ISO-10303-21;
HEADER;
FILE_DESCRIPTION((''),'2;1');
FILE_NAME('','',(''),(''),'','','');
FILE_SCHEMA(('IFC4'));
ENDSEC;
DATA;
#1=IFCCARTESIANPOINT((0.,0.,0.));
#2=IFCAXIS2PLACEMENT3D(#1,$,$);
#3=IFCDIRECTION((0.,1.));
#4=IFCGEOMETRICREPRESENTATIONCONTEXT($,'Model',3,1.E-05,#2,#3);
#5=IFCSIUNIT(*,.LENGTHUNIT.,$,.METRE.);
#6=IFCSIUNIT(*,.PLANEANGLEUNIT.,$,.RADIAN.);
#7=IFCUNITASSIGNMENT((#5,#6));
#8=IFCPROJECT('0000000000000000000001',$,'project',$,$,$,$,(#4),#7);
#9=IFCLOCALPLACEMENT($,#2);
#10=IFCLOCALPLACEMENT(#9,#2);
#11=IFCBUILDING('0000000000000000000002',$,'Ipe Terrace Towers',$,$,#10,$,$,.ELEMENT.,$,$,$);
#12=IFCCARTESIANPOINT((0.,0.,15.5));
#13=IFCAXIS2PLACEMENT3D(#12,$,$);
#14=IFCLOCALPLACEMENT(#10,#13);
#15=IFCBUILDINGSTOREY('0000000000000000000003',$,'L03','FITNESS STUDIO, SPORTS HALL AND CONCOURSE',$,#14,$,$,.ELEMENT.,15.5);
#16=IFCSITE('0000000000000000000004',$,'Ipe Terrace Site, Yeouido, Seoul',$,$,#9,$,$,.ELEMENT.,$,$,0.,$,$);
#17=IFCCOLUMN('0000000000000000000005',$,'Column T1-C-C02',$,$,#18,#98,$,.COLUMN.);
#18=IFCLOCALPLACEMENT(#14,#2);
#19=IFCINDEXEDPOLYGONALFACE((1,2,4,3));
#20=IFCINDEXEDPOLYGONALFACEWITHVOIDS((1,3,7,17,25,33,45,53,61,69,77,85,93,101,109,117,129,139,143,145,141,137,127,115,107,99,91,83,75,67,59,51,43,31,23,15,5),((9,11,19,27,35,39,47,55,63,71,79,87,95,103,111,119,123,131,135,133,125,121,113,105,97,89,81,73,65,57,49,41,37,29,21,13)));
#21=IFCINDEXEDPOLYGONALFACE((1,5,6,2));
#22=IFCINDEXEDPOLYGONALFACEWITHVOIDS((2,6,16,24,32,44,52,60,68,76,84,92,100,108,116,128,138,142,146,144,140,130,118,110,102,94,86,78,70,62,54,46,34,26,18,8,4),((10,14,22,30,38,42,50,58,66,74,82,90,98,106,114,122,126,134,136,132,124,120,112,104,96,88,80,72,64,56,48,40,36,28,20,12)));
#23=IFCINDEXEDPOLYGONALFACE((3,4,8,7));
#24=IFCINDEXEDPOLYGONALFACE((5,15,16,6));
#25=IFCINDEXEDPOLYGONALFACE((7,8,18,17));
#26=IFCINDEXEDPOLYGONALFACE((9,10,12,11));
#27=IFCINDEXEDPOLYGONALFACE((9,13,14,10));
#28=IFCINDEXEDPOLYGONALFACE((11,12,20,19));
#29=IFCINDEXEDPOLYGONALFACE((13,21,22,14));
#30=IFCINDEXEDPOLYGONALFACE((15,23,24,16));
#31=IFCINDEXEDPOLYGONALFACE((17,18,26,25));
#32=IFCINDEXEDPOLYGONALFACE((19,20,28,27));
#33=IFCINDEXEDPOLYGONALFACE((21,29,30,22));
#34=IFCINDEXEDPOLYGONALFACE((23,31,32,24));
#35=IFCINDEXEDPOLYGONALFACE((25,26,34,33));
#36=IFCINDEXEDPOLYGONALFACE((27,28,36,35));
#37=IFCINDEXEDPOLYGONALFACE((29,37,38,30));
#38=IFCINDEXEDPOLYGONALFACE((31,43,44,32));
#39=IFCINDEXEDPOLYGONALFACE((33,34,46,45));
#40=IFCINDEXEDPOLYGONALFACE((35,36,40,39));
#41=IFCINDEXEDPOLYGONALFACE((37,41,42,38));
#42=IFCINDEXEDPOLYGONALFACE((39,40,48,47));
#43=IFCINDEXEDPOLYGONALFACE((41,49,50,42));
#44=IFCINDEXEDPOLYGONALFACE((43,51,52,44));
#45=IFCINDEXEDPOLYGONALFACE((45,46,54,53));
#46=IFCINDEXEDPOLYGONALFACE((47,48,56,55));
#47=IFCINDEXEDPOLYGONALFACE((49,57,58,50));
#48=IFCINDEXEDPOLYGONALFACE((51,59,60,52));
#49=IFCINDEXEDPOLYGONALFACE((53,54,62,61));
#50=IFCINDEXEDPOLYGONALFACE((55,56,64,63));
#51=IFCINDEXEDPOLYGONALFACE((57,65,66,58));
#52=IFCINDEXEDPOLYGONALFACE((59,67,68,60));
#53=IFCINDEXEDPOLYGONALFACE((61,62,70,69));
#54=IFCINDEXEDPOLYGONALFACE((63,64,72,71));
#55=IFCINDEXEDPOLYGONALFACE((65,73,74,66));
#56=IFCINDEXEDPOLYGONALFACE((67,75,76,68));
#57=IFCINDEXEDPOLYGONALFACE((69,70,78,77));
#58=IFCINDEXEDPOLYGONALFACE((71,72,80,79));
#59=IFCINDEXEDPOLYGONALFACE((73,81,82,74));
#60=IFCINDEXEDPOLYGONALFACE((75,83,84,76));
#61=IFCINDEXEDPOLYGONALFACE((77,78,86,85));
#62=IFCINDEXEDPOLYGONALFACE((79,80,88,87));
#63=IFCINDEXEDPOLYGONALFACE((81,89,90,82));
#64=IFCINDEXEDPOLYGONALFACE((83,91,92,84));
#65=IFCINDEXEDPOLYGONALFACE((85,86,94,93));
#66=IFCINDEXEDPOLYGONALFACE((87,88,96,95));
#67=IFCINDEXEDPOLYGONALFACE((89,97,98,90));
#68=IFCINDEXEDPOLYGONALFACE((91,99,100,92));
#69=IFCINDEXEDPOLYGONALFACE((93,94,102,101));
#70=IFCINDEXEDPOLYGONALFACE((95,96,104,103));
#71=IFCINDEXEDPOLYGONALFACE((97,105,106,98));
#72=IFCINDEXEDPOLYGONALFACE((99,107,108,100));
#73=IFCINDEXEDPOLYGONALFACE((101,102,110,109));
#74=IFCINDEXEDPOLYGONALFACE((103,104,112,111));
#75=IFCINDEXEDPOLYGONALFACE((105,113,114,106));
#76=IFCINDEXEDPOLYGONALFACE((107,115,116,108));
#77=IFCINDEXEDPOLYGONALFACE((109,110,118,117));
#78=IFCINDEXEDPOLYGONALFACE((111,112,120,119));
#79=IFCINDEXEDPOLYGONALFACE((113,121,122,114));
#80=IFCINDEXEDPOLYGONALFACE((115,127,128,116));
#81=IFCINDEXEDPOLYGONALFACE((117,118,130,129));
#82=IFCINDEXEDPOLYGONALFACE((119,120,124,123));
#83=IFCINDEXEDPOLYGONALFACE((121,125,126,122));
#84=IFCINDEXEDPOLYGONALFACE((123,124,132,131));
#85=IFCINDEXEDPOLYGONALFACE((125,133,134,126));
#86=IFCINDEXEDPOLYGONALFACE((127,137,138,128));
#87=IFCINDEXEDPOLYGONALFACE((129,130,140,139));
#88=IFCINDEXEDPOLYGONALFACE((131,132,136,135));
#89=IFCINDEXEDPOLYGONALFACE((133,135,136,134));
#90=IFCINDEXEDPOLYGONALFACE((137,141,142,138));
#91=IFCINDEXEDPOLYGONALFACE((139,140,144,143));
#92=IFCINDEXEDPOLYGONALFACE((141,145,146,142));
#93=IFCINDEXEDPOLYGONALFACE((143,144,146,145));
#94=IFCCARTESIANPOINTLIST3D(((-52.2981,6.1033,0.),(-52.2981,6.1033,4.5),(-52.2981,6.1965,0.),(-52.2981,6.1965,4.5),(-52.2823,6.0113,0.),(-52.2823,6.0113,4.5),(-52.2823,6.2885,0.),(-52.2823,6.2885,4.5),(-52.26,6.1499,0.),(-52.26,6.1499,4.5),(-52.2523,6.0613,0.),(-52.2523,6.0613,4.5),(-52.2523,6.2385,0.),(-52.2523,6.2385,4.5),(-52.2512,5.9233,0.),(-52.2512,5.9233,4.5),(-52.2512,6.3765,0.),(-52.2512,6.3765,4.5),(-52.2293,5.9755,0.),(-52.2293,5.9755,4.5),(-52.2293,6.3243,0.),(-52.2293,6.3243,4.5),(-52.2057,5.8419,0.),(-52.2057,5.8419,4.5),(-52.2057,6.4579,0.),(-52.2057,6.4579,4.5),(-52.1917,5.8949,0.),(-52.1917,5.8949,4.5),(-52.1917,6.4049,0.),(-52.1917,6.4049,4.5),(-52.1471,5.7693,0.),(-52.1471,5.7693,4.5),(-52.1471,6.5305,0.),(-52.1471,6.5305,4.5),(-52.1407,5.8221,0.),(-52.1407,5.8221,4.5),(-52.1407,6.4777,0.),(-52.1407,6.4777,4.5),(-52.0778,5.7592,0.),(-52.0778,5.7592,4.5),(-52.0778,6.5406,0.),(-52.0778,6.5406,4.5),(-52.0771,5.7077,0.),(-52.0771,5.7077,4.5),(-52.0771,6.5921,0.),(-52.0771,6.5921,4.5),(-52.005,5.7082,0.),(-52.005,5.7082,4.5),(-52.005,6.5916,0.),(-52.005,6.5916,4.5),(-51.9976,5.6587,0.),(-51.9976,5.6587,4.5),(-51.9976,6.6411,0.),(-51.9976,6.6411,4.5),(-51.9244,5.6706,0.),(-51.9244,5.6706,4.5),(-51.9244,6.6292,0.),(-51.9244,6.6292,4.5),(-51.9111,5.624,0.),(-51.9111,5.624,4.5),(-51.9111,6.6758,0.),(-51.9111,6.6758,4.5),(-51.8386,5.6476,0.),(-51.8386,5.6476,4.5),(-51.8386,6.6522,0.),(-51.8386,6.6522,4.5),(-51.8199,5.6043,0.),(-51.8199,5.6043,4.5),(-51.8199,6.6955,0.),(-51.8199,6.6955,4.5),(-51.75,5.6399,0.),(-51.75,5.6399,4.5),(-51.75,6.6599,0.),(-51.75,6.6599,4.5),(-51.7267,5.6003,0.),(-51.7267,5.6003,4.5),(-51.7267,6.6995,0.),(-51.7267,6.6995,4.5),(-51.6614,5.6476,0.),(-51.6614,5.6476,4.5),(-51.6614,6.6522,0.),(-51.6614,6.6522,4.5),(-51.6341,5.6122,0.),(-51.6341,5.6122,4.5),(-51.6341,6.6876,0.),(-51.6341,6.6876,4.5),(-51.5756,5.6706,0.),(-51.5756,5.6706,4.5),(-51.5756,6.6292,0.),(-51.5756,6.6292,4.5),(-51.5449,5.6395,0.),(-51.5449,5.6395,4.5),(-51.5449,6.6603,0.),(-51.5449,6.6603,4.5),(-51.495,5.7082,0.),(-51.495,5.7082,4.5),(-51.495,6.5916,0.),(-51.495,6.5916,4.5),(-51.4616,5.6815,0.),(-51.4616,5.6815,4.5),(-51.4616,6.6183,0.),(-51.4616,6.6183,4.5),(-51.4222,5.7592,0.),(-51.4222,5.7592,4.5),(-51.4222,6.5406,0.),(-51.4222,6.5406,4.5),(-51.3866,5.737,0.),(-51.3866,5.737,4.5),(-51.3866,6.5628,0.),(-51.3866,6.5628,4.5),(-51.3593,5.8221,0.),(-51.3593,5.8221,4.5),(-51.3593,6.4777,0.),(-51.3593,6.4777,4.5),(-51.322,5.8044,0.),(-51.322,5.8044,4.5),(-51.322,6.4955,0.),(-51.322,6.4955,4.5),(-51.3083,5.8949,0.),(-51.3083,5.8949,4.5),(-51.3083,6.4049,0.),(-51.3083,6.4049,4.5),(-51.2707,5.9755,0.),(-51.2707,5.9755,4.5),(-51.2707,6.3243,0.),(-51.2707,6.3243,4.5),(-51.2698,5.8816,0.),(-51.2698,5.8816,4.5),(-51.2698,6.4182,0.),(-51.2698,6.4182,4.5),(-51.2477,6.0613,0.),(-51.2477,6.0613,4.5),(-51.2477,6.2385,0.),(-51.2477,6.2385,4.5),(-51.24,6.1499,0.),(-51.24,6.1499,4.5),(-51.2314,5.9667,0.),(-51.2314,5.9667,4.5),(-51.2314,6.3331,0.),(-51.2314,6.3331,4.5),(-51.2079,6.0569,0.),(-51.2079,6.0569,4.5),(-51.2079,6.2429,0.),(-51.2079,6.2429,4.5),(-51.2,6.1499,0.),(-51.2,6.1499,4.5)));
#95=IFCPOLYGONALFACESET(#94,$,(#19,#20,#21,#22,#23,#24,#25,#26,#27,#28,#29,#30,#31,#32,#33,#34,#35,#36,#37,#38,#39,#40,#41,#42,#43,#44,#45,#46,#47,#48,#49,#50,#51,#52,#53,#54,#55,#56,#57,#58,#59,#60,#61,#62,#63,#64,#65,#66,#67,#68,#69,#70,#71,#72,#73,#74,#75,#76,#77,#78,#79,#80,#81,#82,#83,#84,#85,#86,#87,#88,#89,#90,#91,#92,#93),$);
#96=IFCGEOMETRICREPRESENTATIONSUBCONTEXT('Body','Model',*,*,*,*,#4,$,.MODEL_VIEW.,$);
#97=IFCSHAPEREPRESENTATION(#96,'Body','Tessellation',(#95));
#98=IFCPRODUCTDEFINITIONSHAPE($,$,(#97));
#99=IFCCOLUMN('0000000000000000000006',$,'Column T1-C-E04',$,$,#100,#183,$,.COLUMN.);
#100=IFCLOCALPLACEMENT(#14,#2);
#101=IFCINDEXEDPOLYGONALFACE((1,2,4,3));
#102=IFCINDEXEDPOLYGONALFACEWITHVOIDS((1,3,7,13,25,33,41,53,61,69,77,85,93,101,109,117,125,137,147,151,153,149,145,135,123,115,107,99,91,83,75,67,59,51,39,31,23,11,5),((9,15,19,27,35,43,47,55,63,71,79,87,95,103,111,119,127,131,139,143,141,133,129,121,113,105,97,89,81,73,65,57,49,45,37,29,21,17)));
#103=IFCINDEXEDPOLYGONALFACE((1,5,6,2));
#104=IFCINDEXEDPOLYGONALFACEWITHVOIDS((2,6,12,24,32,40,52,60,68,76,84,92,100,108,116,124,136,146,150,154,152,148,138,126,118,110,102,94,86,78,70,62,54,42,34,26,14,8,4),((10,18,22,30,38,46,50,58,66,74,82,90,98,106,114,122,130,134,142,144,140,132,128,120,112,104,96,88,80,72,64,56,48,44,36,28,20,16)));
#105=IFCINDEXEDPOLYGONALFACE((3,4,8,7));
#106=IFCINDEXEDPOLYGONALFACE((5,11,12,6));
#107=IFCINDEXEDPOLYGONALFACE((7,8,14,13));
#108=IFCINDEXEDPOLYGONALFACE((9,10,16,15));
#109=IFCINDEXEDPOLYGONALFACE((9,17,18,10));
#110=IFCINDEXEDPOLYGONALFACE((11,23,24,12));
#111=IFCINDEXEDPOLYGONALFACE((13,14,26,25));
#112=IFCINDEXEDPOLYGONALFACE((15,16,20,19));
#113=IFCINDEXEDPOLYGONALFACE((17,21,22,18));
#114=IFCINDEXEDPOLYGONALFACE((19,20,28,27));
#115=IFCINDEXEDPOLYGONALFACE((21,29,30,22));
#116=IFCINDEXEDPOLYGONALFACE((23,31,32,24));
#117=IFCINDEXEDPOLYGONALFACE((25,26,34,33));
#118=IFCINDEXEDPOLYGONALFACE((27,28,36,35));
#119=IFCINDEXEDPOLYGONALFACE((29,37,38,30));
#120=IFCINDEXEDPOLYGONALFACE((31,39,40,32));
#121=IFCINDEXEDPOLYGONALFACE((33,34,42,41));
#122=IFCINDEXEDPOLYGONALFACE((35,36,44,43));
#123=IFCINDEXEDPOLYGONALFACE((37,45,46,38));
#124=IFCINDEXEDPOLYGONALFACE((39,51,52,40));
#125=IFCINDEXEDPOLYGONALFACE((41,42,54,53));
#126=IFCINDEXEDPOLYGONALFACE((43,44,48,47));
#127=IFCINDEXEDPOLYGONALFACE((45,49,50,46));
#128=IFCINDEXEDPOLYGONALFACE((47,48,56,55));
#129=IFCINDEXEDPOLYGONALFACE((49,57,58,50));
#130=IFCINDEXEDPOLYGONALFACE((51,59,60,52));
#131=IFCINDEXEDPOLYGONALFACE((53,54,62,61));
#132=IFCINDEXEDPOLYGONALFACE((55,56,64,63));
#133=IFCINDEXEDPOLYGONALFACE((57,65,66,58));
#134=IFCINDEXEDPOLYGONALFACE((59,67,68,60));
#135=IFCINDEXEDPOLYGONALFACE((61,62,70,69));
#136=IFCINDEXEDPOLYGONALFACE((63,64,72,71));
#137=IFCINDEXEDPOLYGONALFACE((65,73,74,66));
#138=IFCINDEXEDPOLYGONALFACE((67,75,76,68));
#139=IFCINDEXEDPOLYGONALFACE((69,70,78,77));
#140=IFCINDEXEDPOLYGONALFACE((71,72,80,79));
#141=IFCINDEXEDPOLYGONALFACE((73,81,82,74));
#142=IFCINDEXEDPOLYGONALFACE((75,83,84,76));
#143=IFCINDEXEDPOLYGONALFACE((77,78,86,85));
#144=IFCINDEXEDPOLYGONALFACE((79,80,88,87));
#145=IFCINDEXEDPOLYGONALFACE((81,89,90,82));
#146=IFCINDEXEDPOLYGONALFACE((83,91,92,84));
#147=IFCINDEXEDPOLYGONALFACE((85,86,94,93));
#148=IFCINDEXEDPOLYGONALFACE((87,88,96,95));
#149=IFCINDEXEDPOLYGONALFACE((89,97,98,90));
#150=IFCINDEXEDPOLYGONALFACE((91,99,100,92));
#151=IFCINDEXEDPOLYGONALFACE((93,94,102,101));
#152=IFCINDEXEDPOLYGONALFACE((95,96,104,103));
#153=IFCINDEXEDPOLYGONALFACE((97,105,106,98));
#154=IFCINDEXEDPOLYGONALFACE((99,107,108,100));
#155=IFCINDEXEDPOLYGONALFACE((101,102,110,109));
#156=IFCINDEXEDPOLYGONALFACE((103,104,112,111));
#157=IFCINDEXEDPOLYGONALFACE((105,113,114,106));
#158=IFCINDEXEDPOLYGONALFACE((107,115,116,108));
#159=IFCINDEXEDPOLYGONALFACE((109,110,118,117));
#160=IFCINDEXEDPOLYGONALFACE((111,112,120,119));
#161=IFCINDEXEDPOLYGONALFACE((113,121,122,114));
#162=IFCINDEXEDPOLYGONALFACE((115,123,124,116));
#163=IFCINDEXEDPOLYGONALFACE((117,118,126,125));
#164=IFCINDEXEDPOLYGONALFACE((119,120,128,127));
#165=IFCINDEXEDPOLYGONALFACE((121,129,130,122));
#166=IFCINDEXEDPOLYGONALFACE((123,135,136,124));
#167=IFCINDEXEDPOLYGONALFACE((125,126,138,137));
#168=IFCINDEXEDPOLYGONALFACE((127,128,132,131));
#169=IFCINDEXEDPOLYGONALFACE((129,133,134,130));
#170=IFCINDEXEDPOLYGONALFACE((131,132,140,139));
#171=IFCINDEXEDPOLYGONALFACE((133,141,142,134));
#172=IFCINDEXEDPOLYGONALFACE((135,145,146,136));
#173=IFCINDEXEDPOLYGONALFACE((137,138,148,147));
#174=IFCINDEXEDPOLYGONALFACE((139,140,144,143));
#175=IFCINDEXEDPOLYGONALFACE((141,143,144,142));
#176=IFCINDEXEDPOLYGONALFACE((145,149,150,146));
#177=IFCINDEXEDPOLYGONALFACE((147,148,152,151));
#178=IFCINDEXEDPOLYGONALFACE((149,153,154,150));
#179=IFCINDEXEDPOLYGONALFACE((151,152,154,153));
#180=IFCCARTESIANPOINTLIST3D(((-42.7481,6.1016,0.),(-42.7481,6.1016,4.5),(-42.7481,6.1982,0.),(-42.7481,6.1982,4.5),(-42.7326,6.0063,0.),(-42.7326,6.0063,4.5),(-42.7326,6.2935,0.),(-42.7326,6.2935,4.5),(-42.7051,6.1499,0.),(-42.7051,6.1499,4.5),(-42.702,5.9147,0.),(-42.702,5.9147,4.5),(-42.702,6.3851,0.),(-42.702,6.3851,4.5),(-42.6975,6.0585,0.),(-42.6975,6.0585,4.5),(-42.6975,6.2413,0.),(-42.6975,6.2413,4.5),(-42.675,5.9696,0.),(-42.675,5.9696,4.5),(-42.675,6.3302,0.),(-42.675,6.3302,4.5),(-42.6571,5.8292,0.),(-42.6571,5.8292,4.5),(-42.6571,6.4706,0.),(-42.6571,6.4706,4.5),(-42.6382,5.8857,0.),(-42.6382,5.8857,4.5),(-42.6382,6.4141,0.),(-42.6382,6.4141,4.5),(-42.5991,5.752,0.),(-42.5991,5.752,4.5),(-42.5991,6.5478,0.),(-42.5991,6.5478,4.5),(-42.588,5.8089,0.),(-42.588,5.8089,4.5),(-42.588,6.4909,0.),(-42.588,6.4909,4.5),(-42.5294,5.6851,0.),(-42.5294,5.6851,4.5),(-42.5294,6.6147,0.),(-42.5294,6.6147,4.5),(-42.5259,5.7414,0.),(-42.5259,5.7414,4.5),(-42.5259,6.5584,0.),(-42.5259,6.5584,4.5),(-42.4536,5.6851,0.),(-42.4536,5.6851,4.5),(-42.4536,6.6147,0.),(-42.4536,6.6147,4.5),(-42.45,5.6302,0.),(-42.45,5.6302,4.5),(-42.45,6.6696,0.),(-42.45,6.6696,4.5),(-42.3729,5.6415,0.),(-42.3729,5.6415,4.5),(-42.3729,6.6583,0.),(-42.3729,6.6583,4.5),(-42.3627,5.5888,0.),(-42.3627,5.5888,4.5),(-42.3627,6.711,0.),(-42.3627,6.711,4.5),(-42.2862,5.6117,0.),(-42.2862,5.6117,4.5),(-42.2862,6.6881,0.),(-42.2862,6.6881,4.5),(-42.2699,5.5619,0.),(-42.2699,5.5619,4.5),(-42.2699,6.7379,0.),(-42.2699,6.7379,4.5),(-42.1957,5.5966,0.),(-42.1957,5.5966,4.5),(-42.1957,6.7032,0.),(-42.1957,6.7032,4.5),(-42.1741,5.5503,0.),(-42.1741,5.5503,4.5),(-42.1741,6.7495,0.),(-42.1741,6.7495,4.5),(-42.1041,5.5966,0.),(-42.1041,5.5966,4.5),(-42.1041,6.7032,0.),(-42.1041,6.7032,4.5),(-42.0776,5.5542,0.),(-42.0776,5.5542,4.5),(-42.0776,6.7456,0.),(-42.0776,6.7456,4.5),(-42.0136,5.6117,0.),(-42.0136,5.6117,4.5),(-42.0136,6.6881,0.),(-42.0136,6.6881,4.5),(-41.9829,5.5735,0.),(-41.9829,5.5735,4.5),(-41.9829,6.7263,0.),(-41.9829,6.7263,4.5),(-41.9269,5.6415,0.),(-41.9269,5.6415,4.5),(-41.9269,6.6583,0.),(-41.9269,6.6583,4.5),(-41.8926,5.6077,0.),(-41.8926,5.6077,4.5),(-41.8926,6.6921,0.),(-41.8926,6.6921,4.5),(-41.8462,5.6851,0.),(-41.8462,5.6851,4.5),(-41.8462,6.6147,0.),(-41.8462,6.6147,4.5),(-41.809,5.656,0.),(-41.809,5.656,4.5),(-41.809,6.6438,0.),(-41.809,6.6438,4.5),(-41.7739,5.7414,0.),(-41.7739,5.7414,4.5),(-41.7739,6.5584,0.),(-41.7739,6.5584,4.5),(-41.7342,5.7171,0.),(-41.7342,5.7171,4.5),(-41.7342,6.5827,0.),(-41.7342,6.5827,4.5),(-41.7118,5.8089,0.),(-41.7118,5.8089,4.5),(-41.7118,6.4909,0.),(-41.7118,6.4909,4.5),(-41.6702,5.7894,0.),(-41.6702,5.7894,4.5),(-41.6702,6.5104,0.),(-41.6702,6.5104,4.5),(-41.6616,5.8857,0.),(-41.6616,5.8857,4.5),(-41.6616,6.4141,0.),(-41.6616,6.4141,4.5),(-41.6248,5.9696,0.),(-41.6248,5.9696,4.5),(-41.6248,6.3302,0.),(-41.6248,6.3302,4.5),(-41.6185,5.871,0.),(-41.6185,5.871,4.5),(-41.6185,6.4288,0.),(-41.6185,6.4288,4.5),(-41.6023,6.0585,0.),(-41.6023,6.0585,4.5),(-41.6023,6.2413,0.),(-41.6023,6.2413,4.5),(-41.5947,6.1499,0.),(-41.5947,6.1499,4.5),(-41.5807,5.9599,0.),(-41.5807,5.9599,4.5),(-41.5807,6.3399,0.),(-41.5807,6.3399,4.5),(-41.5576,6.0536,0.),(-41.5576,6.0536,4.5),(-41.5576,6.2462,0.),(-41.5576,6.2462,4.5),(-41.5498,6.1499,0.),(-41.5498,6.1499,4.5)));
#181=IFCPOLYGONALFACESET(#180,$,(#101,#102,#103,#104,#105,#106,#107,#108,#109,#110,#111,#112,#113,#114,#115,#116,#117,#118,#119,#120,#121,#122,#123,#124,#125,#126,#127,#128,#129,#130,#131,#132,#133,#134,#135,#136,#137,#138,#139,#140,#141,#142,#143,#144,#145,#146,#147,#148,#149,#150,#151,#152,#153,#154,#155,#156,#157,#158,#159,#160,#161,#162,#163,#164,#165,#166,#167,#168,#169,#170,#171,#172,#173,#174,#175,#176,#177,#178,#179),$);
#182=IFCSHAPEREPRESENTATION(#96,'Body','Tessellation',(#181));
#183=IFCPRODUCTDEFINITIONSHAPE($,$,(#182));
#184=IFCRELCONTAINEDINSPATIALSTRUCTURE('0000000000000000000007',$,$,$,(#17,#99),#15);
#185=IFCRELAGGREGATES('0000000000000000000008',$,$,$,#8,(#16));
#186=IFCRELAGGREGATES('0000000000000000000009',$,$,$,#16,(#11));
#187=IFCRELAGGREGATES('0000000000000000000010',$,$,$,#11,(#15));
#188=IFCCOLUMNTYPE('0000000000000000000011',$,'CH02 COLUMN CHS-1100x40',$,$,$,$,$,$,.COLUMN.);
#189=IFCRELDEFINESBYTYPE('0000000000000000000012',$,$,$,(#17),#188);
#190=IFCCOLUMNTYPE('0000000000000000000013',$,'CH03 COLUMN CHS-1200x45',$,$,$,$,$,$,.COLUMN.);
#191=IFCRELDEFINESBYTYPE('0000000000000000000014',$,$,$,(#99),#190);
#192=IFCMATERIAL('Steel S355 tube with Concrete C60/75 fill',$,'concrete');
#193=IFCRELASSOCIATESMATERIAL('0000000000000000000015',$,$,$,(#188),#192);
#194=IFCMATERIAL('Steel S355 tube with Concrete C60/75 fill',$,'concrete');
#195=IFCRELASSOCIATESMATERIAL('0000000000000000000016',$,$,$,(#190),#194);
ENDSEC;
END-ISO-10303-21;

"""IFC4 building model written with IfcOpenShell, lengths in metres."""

from ifc_helpers import new_model, si_unit, direction, frame, origin, origin_2d, place, context, subcontext, project, spatial, hollow_circle, extrude, material, material_profile, profile_set, type_object, element, save


model = new_model("IFC4")

# Units and contexts
model_context = context("Model", 3, precision=1e-05, world=origin(), true_north=direction((0.0, 1.0)))
body_context = subcontext(model_context, "Body", "Model", "MODEL_VIEW")
ifc_project = project(units=[si_unit("LENGTHUNIT", "METRE"), si_unit("PLANEANGLEUNIT", "RADIAN")], contexts=[model_context])

# Site, building, storey
site_placement = place(None, origin())
site = spatial("IfcSite", under=ifc_project, at=site_placement, Name="Ipe Terrace Site, Yeouido, Seoul", CompositionType="ELEMENT", RefElevation=0.0)
building_placement = place(site_placement, origin())
building = spatial("IfcBuilding", under=site, at=building_placement, Name="Ipe Terrace Towers", CompositionType="ELEMENT")
storey_placement = place(building_placement, frame((0.0, 0.0, 15.5)))
storey = spatial("IfcBuildingStorey", under=building, at=storey_placement, Name="L03", Description="FITNESS STUDIO, SPORTS HALL AND CONCOURSE", CompositionType="ELEMENT", Elevation=15.5)

# Columns
ifc_material_1 = material(Name="Steel S355 tube with Concrete C60/75 fill", Category="concrete")
ifc_material_profile_1 = material_profile(ifc_material_1, hollow_circle(Radius=0.55, WallThickness=0.04, at=origin_2d()), Name="CHS-1100x40")
ifc_profile_set_1 = profile_set([ifc_material_profile_1], Name="Steel S355 tube with Concrete C60/75 fill")
column_type_1 = type_object("IfcColumnType", Name="CH02 COLUMN CHS-1100x40", PredefinedType="COLUMN", material=ifc_profile_set_1)
for number, where, z_axis, x_axis, name in (
    (1, (-51.75, 6.1499, 0.0), (0.0, 0.0, 1.0), (1.0, 0.0, 0.0), "Column T1-C-C02"),
):
    element("IfcColumn", number, at=place(storey_placement, frame(where, z_axis=z_axis, x_axis=x_axis)), inside=storey, type_object=column_type_1, Name=name, PredefinedType="COLUMN", context=body_context, shape_type="SweptSolid", body=[
        extrude(hollow_circle(Radius=0.55, WallThickness=0.04, at=origin_2d()), origin(), (0.0, 0.0, 1.0), 4.5),
    ])
ifc_material_2 = material(Name="Steel S355 tube with Concrete C60/75 fill", Category="concrete")
ifc_material_profile_2 = material_profile(ifc_material_2, hollow_circle(Radius=0.6001, WallThickness=0.0449, at=origin_2d()), Name="CHS-1200x45")
ifc_profile_set_2 = profile_set([ifc_material_profile_2], Name="Steel S355 tube with Concrete C60/75 fill")
column_type_2 = type_object("IfcColumnType", Name="CH03 COLUMN CHS-1200x45", PredefinedType="COLUMN", material=ifc_profile_set_2)
column_1_placement = place(storey_placement, frame((-42.1499, 6.1499, 0.0), z_axis=(0.0, 0.0, 1.0), x_axis=(1.0, 0.0, 0.0)))
element("IfcColumn", 2, at=column_1_placement, inside=storey, type_object=column_type_2, Name="Column T1-C-E04", PredefinedType="COLUMN", context=body_context, shape_type="SweptSolid", body=[
    extrude(hollow_circle(Radius=0.6001, WallThickness=0.0449, at=origin_2d()), origin(), (0.0, 0.0, 1.0), 4.5),
])

save(model, "model.ifc")
